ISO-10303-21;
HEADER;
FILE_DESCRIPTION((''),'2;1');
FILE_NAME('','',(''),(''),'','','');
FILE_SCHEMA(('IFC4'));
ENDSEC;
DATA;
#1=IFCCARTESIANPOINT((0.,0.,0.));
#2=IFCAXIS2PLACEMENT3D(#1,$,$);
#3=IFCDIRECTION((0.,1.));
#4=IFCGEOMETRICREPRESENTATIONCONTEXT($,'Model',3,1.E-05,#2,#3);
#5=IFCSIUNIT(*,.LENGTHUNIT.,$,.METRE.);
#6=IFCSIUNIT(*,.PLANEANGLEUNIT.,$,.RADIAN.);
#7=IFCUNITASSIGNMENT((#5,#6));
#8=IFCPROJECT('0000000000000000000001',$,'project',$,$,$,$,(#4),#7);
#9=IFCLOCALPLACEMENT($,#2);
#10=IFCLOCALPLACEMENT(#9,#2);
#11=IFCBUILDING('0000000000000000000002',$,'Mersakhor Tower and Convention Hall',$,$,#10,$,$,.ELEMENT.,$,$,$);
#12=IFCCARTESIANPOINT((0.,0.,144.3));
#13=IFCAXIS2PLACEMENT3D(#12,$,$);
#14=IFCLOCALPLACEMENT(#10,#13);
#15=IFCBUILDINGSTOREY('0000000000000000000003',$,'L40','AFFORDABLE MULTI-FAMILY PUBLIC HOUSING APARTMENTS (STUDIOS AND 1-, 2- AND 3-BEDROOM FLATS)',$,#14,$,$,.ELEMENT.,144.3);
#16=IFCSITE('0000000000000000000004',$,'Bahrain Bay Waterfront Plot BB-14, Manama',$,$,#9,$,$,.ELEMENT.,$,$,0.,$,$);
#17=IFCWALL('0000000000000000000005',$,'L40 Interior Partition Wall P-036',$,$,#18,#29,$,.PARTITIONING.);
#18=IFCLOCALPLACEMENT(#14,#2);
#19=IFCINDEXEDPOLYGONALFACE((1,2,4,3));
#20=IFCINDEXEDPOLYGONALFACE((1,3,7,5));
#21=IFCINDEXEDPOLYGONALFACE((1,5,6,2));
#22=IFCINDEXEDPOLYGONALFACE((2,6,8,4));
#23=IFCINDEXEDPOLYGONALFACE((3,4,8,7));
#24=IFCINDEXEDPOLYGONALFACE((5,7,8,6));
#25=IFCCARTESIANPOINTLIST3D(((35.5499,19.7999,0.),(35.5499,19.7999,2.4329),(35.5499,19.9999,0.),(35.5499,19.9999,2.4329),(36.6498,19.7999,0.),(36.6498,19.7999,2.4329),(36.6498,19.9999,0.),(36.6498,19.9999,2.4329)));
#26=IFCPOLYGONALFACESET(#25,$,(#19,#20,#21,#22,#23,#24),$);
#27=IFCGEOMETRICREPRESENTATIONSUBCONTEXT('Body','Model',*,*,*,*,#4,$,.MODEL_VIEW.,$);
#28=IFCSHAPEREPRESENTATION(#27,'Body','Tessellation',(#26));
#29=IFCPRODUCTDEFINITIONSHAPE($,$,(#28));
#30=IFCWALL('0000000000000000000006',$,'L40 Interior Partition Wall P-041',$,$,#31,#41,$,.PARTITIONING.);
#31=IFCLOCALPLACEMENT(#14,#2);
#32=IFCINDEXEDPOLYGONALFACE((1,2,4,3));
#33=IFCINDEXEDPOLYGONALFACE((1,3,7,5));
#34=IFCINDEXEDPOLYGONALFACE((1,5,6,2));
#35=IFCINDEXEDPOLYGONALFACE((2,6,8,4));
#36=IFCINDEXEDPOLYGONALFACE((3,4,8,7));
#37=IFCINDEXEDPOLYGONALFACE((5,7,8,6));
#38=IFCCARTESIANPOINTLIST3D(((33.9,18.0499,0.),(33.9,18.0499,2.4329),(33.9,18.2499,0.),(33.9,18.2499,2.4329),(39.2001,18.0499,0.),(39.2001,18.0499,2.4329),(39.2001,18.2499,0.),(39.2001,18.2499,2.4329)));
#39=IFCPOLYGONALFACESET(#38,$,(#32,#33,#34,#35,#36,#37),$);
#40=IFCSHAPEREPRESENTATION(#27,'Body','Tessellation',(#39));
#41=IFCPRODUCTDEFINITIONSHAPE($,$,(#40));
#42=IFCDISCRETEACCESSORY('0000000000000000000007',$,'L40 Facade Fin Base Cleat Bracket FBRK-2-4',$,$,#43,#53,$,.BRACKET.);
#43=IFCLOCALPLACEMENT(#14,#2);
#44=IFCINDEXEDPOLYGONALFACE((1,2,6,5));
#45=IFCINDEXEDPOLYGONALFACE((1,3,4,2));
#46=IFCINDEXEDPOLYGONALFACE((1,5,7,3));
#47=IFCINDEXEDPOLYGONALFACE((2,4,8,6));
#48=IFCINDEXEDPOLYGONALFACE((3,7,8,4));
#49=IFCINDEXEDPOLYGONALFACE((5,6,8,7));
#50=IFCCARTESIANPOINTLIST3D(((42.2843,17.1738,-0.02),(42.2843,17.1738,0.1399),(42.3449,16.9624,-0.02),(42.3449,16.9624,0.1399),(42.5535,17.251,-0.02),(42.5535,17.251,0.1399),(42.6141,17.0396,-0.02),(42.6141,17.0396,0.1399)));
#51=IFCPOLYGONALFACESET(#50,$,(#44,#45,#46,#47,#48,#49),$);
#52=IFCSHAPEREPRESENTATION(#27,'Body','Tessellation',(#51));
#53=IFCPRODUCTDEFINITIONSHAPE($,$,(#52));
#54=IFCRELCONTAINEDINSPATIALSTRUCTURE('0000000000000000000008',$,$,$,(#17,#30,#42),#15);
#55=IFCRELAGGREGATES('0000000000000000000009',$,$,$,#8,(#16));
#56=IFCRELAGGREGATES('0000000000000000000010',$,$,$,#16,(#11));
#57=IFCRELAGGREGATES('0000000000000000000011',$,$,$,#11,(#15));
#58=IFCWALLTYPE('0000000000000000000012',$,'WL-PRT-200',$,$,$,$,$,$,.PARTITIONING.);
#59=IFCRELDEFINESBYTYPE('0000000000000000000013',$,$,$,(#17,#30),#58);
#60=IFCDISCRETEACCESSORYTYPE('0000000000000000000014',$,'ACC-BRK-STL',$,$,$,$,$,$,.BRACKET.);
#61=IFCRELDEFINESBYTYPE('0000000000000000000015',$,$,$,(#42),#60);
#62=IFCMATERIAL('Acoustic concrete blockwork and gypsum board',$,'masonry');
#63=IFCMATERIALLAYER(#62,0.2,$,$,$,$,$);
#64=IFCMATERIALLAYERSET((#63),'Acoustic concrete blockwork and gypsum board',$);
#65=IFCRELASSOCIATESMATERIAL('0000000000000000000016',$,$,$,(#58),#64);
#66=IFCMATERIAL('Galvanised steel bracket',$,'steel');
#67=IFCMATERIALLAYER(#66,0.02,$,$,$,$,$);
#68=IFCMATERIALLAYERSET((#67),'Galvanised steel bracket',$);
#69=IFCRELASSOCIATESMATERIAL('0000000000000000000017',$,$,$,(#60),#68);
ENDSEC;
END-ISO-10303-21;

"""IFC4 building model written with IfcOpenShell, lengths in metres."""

from ifc_helpers import new_model, si_unit, direction, frame, frame_2d, origin, origin_2d, place, context, subcontext, project, spatial, rectangle, extrude, material, layer, layer_set, type_object, element, save


model = new_model("IFC4")

# Units and contexts
model_context = context("Model", 3, precision=1e-05, world=origin(), true_north=direction((0.0, 1.0)))
body_context = subcontext(model_context, "Body", "Model", "MODEL_VIEW")
ifc_project = project(units=[si_unit("LENGTHUNIT", "METRE"), si_unit("PLANEANGLEUNIT", "RADIAN")], contexts=[model_context])

# Site, building, storey
site_placement = place(None, origin())
site = spatial("IfcSite", under=ifc_project, at=site_placement, Name="Bahrain Bay Waterfront Plot BB-14, Manama", CompositionType="ELEMENT", RefElevation=0.0)
building_placement = place(site_placement, origin())
building = spatial("IfcBuilding", under=site, at=building_placement, Name="Mersakhor Tower and Convention Hall", CompositionType="ELEMENT")
storey_placement = place(building_placement, frame((0.0, 0.0, 144.3)))
storey = spatial("IfcBuildingStorey", under=building, at=storey_placement, Name="L40", Description="AFFORDABLE MULTI-FAMILY PUBLIC HOUSING APARTMENTS (STUDIOS AND 1-, 2- AND 3-BEDROOM FLATS)", CompositionType="ELEMENT", Elevation=144.3)

# Walls
ifc_material_1 = material(Name="Acoustic concrete blockwork and gypsum board", Category="masonry")
ifc_layer_1 = layer(ifc_material_1, 0.2)
ifc_layer_set_1 = layer_set([ifc_layer_1], Name="Acoustic concrete blockwork and gypsum board")
wall_type_1 = type_object("IfcWallType", Name="WL-PRT-200", PredefinedType="PARTITIONING", material=ifc_layer_set_1)
wall_1_placement = place(storey_placement, frame((35.55, 19.8999, 0.0), z_axis=(0.0, 0.0, 1.0), x_axis=(1.0, 0.0, 0.0)))
element("IfcWall", 1, at=wall_1_placement, inside=storey, type_object=wall_type_1, Name="L40 Interior Partition Wall P-036", PredefinedType="PARTITIONING", context=body_context, shape_type="SweptSolid", body=[
    extrude(rectangle(XDim=1.0999, YDim=0.2, at=frame_2d((0.5498, 0.0))), origin(), (0.0, 0.0, 1.0), 2.4329),
])
wall_2_placement = place(storey_placement, frame((39.2, 18.1499, 0.0), z_axis=(0.0, 0.0, 1.0), x_axis=(-1.0, 0.0, 0.0)))
element("IfcWall", 2, at=wall_2_placement, inside=storey, type_object=wall_type_1, Name="L40 Interior Partition Wall P-041", PredefinedType="PARTITIONING", context=body_context, shape_type="SweptSolid", body=[
    extrude(rectangle(XDim=5.3, YDim=0.2, at=frame_2d((2.6499, 0.0))), origin(), (0.0, 0.0, 1.0), 2.4329),
])

# Discrete accessory
ifc_material_2 = material(Name="Galvanised steel bracket", Category="steel")
ifc_layer_2 = layer(ifc_material_2, 0.02)
ifc_layer_set_2 = layer_set([ifc_layer_2], Name="Galvanised steel bracket")
discrete_accessory_type = type_object("IfcDiscreteAccessoryType", Name="ACC-BRK-STL", PredefinedType="BRACKET", material=ifc_layer_set_2)
discrete_accessory_placement = place(storey_placement, frame((42.4492, 17.1067, -0.02), z_axis=(0.0, 0.0, 1.0), x_axis=(0.961262, 0.275637, 0.0)))
element("IfcDiscreteAccessory", 3, at=discrete_accessory_placement, inside=storey, type_object=discrete_accessory_type, Name="L40 Facade Fin Base Cleat Bracket FBRK-2-4", PredefinedType="BRACKET", context=body_context, shape_type="SweptSolid", body=[
    extrude(rectangle(XDim=0.28, YDim=0.22, at=origin_2d()), origin(), (0.0, 0.0, 1.0), 0.1599),
])

save(model, "model.ifc")
